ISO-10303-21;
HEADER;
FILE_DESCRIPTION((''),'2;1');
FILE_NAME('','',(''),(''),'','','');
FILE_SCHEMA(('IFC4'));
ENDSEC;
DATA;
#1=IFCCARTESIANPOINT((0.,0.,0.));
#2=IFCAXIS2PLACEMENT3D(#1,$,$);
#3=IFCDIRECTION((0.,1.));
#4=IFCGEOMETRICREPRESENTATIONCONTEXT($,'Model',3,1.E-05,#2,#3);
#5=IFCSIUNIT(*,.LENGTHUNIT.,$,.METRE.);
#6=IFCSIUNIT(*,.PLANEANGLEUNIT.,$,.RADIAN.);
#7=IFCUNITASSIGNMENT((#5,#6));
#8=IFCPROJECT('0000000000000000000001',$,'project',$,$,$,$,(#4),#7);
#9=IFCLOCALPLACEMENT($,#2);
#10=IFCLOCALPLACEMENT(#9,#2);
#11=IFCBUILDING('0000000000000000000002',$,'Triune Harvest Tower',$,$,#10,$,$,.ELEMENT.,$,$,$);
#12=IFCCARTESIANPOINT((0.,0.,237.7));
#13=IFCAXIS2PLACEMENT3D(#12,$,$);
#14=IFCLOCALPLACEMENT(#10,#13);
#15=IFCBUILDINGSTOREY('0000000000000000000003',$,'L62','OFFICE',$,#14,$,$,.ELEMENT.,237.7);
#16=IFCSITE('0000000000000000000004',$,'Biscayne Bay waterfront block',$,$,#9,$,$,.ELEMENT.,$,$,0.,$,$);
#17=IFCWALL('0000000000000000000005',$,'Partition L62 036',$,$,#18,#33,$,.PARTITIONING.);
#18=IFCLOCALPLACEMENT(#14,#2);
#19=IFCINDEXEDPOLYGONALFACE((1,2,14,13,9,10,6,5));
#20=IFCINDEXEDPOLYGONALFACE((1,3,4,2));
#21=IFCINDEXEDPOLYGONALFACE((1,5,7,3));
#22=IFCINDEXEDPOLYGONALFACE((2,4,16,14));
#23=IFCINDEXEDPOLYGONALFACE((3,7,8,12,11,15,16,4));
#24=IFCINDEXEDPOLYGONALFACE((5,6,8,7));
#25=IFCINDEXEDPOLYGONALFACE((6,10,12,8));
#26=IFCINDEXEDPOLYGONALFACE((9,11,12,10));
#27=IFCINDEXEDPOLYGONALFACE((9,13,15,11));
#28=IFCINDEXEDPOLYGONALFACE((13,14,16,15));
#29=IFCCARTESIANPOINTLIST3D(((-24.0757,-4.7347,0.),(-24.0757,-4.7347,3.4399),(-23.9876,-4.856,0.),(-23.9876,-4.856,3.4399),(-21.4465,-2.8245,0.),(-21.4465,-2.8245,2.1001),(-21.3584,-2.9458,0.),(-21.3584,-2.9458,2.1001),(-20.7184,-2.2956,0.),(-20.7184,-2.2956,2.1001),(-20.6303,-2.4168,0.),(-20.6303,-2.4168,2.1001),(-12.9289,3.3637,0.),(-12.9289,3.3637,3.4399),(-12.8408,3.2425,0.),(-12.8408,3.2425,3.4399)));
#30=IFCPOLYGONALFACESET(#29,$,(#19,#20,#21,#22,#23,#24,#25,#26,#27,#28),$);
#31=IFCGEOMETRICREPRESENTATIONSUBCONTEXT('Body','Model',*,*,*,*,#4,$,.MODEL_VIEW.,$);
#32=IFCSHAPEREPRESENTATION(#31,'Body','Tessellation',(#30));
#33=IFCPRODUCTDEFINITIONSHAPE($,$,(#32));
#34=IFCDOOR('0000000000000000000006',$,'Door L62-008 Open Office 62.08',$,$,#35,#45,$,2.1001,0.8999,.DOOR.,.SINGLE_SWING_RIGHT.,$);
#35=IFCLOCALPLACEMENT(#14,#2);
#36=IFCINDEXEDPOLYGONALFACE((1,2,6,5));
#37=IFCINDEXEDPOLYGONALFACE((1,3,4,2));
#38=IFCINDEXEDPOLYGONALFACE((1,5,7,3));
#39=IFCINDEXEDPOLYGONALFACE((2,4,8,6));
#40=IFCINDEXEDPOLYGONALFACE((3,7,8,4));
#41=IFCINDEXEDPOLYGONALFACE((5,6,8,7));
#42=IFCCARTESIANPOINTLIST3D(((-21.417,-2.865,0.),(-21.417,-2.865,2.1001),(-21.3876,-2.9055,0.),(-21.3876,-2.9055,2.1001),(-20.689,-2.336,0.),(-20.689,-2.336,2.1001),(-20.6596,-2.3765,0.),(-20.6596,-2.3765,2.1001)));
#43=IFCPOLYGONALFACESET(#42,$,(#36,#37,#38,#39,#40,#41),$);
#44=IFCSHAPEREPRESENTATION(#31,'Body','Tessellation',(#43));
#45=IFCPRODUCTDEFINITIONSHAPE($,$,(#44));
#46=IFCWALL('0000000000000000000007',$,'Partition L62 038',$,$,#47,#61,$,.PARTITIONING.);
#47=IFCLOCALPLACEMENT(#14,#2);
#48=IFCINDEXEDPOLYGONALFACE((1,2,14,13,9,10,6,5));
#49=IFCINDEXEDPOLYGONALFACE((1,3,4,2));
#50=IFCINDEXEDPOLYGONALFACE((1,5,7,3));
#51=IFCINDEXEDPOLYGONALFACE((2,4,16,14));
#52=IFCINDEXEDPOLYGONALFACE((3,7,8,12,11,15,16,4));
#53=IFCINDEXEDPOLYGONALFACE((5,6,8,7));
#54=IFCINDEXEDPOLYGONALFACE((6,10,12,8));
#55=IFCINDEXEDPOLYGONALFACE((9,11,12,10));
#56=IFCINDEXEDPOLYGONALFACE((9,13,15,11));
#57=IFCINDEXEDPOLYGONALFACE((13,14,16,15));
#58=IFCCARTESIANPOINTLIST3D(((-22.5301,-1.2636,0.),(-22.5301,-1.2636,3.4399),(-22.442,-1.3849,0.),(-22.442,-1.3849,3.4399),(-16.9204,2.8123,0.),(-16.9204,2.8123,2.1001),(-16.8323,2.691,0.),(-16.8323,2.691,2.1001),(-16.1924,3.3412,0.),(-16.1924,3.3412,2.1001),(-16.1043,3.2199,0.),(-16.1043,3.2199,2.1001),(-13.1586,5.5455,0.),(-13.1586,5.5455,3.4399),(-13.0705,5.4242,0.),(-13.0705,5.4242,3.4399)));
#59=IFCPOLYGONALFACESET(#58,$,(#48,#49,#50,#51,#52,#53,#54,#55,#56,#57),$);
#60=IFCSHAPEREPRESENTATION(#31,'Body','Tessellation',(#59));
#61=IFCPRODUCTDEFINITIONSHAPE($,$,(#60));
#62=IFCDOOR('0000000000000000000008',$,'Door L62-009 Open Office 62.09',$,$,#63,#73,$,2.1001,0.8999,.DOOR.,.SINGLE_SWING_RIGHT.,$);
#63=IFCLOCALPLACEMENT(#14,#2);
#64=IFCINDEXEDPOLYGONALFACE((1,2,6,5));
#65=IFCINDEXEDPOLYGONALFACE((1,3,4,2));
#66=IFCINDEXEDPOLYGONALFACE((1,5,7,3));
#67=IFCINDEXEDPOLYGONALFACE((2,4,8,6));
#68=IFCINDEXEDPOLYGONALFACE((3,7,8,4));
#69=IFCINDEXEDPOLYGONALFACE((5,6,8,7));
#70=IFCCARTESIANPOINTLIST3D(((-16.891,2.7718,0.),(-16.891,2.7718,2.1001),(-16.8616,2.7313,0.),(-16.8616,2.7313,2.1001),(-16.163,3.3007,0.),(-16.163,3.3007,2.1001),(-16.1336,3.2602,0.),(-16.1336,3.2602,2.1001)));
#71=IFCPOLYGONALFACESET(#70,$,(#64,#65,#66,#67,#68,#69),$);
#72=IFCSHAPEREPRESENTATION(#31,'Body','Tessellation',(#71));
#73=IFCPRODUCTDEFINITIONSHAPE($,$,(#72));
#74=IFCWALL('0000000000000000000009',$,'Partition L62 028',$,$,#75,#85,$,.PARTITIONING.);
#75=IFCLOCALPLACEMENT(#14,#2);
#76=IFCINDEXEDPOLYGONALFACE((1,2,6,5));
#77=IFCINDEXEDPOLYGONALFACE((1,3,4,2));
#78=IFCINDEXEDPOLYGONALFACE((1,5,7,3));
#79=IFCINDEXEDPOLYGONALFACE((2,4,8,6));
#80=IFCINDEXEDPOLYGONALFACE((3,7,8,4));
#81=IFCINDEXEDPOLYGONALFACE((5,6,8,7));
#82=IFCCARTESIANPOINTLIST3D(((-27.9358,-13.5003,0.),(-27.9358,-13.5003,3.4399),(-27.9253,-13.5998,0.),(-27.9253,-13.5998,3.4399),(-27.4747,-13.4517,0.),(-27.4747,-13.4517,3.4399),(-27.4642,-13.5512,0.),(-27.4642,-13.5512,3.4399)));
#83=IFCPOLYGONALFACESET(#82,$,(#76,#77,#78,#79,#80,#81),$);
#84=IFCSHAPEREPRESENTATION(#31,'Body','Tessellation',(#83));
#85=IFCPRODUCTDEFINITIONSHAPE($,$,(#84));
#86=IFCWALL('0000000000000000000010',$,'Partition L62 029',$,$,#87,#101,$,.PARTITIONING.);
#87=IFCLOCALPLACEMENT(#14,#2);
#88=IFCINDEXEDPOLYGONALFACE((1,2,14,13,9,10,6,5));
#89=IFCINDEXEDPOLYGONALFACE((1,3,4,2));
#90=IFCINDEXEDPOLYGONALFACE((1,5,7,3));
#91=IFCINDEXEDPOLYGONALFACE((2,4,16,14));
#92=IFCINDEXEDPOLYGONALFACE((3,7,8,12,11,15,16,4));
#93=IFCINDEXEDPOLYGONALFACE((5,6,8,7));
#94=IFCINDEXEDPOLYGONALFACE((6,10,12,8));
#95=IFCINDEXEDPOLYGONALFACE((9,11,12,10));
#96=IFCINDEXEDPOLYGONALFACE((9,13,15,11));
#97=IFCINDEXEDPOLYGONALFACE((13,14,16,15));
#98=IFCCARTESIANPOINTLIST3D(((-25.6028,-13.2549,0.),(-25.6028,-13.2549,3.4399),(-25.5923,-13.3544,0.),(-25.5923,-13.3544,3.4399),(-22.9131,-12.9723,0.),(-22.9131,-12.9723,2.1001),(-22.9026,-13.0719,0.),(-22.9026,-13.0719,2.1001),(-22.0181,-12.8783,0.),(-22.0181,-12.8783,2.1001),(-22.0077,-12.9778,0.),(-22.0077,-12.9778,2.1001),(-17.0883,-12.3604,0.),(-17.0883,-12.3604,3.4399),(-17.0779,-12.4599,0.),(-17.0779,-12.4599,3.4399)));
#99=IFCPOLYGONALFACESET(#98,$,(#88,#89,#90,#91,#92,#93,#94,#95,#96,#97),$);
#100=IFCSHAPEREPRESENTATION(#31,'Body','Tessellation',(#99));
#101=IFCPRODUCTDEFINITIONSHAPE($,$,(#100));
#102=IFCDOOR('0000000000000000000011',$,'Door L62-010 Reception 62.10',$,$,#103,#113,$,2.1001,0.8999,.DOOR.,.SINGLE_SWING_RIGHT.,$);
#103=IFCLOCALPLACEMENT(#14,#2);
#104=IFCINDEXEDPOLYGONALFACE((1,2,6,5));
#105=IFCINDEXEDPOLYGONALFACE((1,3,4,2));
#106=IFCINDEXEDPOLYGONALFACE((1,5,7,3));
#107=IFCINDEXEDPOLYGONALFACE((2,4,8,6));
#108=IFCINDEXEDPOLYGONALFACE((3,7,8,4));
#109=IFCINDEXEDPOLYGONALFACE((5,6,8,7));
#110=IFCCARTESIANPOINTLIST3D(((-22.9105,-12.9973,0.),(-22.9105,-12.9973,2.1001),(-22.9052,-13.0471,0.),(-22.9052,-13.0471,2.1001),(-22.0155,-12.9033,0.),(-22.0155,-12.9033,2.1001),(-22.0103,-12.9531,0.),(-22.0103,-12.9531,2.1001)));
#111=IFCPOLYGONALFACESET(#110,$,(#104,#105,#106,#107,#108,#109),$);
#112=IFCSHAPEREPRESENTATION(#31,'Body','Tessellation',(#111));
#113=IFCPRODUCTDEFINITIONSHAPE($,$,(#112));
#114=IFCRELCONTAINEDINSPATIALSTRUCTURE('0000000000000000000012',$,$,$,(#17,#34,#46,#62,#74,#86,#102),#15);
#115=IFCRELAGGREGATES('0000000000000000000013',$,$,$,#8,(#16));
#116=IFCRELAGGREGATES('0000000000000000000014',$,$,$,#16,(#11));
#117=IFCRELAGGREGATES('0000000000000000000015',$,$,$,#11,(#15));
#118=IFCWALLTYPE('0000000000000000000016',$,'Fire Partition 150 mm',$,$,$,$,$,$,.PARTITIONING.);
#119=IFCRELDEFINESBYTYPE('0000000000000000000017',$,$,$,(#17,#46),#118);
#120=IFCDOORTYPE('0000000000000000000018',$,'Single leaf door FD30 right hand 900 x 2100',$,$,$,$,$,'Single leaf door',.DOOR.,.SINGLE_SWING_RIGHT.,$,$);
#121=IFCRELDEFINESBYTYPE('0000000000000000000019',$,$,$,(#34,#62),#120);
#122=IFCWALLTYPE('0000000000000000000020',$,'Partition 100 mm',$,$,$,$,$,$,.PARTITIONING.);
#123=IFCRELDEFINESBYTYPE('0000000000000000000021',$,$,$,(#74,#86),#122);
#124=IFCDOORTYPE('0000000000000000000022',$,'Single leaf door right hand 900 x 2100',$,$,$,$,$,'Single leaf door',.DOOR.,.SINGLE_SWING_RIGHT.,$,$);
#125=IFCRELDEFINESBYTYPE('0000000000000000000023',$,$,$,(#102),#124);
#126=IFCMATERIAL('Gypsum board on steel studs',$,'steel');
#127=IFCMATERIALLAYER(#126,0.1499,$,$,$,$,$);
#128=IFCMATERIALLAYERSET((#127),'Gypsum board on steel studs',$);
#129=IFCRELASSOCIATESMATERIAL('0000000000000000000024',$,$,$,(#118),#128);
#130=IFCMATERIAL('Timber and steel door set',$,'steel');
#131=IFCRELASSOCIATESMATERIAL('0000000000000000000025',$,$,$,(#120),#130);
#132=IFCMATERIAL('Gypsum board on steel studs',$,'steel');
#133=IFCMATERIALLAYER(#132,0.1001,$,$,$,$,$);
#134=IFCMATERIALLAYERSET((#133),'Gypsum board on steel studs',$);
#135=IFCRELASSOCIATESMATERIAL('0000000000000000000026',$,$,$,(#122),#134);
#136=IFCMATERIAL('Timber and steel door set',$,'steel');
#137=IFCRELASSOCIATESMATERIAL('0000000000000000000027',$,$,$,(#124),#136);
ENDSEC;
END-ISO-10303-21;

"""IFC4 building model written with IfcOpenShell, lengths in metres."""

from ifc_helpers import new_model, si_unit, direction, frame, frame_2d, origin, place, context, subcontext, project, spatial, rectangle, extrude, material, layer, layer_set, type_object, element, fill, save


model = new_model("IFC4")

# Units and contexts
model_context = context("Model", 3, precision=1e-05, world=origin(), true_north=direction((0.0, 1.0)))
body_context = subcontext(model_context, "Body", "Model", "MODEL_VIEW")
ifc_project = project(units=[si_unit("LENGTHUNIT", "METRE"), si_unit("PLANEANGLEUNIT", "RADIAN")], contexts=[model_context])

# Site, building, storey
site_placement = place(None, origin())
site = spatial("IfcSite", under=ifc_project, at=site_placement, Name="Biscayne Bay waterfront block", CompositionType="ELEMENT", RefElevation=0.0)
building_placement = place(site_placement, origin())
building = spatial("IfcBuilding", under=site, at=building_placement, Name="Triune Harvest Tower", CompositionType="ELEMENT")
storey_placement = place(building_placement, frame((0.0, 0.0, 237.7)))
storey = spatial("IfcBuildingStorey", under=building, at=storey_placement, Name="L62", Description="OFFICE", CompositionType="ELEMENT", Elevation=237.7)

# Walls, openings, doors
ifc_material_1 = material(Name="Gypsum board on steel studs", Category="steel")
ifc_layer_1 = layer(ifc_material_1, 0.1499)
ifc_layer_set_1 = layer_set([ifc_layer_1], Name="Gypsum board on steel studs")
wall_type_1 = type_object("IfcWallType", Name="Fire Partition 150 mm", PredefinedType="PARTITIONING", material=ifc_layer_set_1)
wall_1_placement = place(storey_placement, frame((-24.0317, -4.7954, 0.0), z_axis=(0.0, 0.0, 1.0), x_axis=(0.809023, 0.587777, 0.0)))
wall_1 = element("IfcWall", 1, at=wall_1_placement, inside=storey, type_object=wall_type_1, Name="Partition L62 036", PredefinedType="PARTITIONING", context=body_context, shape_type="SweptSolid", body=[
    extrude(rectangle(XDim=13.7781, YDim=0.1499, at=frame_2d((6.8892, 0.0))), origin(), (0.0, 0.0, 1.0), 3.4399),
])
opening_1_placement = place(wall_1_placement, frame((3.25, 0.0, 0.0)))
opening_1 = element("IfcOpeningElement", 2, at=opening_1_placement, cuts=wall_1, PredefinedType="OPENING", context=body_context, shape_type="SweptSolid", body=[
    extrude(rectangle(XDim=0.8999, YDim=2.1001, at=frame_2d((0.45, 1.05))), frame((0.0, 0.085, 0.0), z_axis=(0.0, -1.0, 0.0), x_axis=(1.0, 0.0, 0.0)), (0.0, 0.0, 1.0), 0.1699),
])
ifc_material_2 = material(Name="Timber and steel door set", Category="steel")
door_type_1 = type_object("IfcDoorType", Name="Single leaf door FD30 right hand 900 x 2100", ElementType="Single leaf door", OperationType="SINGLE_SWING_RIGHT", PredefinedType="DOOR", material=ifc_material_2)
door_1_placement = place(opening_1_placement, origin())
door_1 = element("IfcDoor", 3, at=door_1_placement, inside=storey, type_object=door_type_1, Name="Door L62-008 Open Office 62.08", OperationType="SINGLE_SWING_RIGHT", OverallHeight=2.1001, OverallWidth=0.8999, PredefinedType="DOOR", context=body_context, shape_type="SweptSolid", body=[
    extrude(rectangle(XDim=0.8999, YDim=2.1001, at=frame_2d((0.45, 1.05))), frame((0.0, 0.0249, 0.0), z_axis=(0.0, -1.0, 0.0), x_axis=(1.0, 0.0, 0.0)), (0.0, 0.0, 1.0), 0.05),
])
fill(opening_1, door_1)
wall_2_placement = place(storey_placement, frame((-22.4861, -1.3242, 0.0), z_axis=(0.0, 0.0, 1.0), x_axis=(0.809008, 0.587798, 0.0)))
wall_2 = element("IfcWall", 4, at=wall_2_placement, inside=storey, type_object=wall_type_1, Name="Partition L62 038", PredefinedType="PARTITIONING", context=body_context, shape_type="SweptSolid", body=[
    extrude(rectangle(XDim=11.584, YDim=0.1499, at=frame_2d((5.792, 0.0))), origin(), (0.0, 0.0, 1.0), 3.4399),
])
opening_2_placement = place(wall_2_placement, frame((6.9341, 0.0, 0.0)))
opening_2 = element("IfcOpeningElement", 5, at=opening_2_placement, cuts=wall_2, PredefinedType="OPENING", context=body_context, shape_type="SweptSolid", body=[
    extrude(rectangle(XDim=0.8999, YDim=2.1001, at=frame_2d((0.45, 1.05))), frame((0.0, 0.085, 0.0), z_axis=(0.0, -1.0, 0.0), x_axis=(1.0, 0.0, 0.0)), (0.0, 0.0, 1.0), 0.1699),
])
door_2_placement = place(opening_2_placement, origin())
door_2 = element("IfcDoor", 6, at=door_2_placement, inside=storey, type_object=door_type_1, Name="Door L62-009 Open Office 62.09", OperationType="SINGLE_SWING_RIGHT", OverallHeight=2.1001, OverallWidth=0.8999, PredefinedType="DOOR", context=body_context, shape_type="SweptSolid", body=[
    extrude(rectangle(XDim=0.8999, YDim=2.1001, at=frame_2d((0.45, 1.05))), frame((0.0, 0.0249, 0.0), z_axis=(0.0, -1.0, 0.0), x_axis=(1.0, 0.0, 0.0)), (0.0, 0.0, 1.0), 0.05),
])
fill(opening_2, door_2)

# Wall
ifc_material_3 = material(Name="Gypsum board on steel studs", Category="steel")
ifc_layer_2 = layer(ifc_material_3, 0.1001)
ifc_layer_set_2 = layer_set([ifc_layer_2], Name="Gypsum board on steel studs")
wall_type_2 = type_object("IfcWallType", Name="Partition 100 mm", PredefinedType="PARTITIONING", material=ifc_layer_set_2)
wall_3_placement = place(storey_placement, frame((-27.9307, -13.55, 0.0), z_axis=(0.0, 0.0, 1.0), x_axis=(0.994497, 0.104767, 0.0)))
element("IfcWall", 7, at=wall_3_placement, inside=storey, type_object=wall_type_2, Name="Partition L62 028", PredefinedType="PARTITIONING", context=body_context, shape_type="SweptSolid", body=[
    extrude(rectangle(XDim=0.4636, YDim=0.1001, at=frame_2d((0.2319, 0.0))), origin(), (0.0, 0.0, 1.0), 3.4399),
])

# Wall, opening, door
wall_4_placement = place(storey_placement, frame((-25.5977, -13.3047, 0.0), z_axis=(0.0, 0.0, 1.0), x_axis=(0.994526, 0.104486, 0.0)))
wall_4 = element("IfcWall", 8, at=wall_4_placement, inside=storey, type_object=wall_type_2, Name="Partition L62 029", PredefinedType="PARTITIONING", context=body_context, shape_type="SweptSolid", body=[
    extrude(rectangle(XDim=8.5613, YDim=0.1001, at=frame_2d((4.2808, 0.0))), origin(), (0.0, 0.0, 1.0), 3.4399),
])
opening_3_placement = place(wall_4_placement, frame((2.7046, 0.0, 0.0)))
opening_3 = element("IfcOpeningElement", 9, at=opening_3_placement, cuts=wall_4, PredefinedType="OPENING", context=body_context, shape_type="SweptSolid", body=[
    extrude(rectangle(XDim=0.8999, YDim=2.1001, at=frame_2d((0.45, 1.05))), frame((0.0, 0.0601, 0.0), z_axis=(0.0, -1.0, 0.0), x_axis=(1.0, 0.0, 0.0)), (0.0, 0.0, 1.0), 0.1201),
])
ifc_material_4 = material(Name="Timber and steel door set", Category="steel")
door_type_2 = type_object("IfcDoorType", Name="Single leaf door right hand 900 x 2100", ElementType="Single leaf door", OperationType="SINGLE_SWING_RIGHT", PredefinedType="DOOR", material=ifc_material_4)
door_3_placement = place(opening_3_placement, origin())
door_3 = element("IfcDoor", 10, at=door_3_placement, inside=storey, type_object=door_type_2, Name="Door L62-010 Reception 62.10", OperationType="SINGLE_SWING_RIGHT", OverallHeight=2.1001, OverallWidth=0.8999, PredefinedType="DOOR", context=body_context, shape_type="SweptSolid", body=[
    extrude(rectangle(XDim=0.8999, YDim=2.1001, at=frame_2d((0.45, 1.05))), frame((0.0, 0.0249, 0.0), z_axis=(0.0, -1.0, 0.0), x_axis=(1.0, 0.0, 0.0)), (0.0, 0.0, 1.0), 0.05),
])
fill(opening_3, door_3)

save(model, "model.ifc")
